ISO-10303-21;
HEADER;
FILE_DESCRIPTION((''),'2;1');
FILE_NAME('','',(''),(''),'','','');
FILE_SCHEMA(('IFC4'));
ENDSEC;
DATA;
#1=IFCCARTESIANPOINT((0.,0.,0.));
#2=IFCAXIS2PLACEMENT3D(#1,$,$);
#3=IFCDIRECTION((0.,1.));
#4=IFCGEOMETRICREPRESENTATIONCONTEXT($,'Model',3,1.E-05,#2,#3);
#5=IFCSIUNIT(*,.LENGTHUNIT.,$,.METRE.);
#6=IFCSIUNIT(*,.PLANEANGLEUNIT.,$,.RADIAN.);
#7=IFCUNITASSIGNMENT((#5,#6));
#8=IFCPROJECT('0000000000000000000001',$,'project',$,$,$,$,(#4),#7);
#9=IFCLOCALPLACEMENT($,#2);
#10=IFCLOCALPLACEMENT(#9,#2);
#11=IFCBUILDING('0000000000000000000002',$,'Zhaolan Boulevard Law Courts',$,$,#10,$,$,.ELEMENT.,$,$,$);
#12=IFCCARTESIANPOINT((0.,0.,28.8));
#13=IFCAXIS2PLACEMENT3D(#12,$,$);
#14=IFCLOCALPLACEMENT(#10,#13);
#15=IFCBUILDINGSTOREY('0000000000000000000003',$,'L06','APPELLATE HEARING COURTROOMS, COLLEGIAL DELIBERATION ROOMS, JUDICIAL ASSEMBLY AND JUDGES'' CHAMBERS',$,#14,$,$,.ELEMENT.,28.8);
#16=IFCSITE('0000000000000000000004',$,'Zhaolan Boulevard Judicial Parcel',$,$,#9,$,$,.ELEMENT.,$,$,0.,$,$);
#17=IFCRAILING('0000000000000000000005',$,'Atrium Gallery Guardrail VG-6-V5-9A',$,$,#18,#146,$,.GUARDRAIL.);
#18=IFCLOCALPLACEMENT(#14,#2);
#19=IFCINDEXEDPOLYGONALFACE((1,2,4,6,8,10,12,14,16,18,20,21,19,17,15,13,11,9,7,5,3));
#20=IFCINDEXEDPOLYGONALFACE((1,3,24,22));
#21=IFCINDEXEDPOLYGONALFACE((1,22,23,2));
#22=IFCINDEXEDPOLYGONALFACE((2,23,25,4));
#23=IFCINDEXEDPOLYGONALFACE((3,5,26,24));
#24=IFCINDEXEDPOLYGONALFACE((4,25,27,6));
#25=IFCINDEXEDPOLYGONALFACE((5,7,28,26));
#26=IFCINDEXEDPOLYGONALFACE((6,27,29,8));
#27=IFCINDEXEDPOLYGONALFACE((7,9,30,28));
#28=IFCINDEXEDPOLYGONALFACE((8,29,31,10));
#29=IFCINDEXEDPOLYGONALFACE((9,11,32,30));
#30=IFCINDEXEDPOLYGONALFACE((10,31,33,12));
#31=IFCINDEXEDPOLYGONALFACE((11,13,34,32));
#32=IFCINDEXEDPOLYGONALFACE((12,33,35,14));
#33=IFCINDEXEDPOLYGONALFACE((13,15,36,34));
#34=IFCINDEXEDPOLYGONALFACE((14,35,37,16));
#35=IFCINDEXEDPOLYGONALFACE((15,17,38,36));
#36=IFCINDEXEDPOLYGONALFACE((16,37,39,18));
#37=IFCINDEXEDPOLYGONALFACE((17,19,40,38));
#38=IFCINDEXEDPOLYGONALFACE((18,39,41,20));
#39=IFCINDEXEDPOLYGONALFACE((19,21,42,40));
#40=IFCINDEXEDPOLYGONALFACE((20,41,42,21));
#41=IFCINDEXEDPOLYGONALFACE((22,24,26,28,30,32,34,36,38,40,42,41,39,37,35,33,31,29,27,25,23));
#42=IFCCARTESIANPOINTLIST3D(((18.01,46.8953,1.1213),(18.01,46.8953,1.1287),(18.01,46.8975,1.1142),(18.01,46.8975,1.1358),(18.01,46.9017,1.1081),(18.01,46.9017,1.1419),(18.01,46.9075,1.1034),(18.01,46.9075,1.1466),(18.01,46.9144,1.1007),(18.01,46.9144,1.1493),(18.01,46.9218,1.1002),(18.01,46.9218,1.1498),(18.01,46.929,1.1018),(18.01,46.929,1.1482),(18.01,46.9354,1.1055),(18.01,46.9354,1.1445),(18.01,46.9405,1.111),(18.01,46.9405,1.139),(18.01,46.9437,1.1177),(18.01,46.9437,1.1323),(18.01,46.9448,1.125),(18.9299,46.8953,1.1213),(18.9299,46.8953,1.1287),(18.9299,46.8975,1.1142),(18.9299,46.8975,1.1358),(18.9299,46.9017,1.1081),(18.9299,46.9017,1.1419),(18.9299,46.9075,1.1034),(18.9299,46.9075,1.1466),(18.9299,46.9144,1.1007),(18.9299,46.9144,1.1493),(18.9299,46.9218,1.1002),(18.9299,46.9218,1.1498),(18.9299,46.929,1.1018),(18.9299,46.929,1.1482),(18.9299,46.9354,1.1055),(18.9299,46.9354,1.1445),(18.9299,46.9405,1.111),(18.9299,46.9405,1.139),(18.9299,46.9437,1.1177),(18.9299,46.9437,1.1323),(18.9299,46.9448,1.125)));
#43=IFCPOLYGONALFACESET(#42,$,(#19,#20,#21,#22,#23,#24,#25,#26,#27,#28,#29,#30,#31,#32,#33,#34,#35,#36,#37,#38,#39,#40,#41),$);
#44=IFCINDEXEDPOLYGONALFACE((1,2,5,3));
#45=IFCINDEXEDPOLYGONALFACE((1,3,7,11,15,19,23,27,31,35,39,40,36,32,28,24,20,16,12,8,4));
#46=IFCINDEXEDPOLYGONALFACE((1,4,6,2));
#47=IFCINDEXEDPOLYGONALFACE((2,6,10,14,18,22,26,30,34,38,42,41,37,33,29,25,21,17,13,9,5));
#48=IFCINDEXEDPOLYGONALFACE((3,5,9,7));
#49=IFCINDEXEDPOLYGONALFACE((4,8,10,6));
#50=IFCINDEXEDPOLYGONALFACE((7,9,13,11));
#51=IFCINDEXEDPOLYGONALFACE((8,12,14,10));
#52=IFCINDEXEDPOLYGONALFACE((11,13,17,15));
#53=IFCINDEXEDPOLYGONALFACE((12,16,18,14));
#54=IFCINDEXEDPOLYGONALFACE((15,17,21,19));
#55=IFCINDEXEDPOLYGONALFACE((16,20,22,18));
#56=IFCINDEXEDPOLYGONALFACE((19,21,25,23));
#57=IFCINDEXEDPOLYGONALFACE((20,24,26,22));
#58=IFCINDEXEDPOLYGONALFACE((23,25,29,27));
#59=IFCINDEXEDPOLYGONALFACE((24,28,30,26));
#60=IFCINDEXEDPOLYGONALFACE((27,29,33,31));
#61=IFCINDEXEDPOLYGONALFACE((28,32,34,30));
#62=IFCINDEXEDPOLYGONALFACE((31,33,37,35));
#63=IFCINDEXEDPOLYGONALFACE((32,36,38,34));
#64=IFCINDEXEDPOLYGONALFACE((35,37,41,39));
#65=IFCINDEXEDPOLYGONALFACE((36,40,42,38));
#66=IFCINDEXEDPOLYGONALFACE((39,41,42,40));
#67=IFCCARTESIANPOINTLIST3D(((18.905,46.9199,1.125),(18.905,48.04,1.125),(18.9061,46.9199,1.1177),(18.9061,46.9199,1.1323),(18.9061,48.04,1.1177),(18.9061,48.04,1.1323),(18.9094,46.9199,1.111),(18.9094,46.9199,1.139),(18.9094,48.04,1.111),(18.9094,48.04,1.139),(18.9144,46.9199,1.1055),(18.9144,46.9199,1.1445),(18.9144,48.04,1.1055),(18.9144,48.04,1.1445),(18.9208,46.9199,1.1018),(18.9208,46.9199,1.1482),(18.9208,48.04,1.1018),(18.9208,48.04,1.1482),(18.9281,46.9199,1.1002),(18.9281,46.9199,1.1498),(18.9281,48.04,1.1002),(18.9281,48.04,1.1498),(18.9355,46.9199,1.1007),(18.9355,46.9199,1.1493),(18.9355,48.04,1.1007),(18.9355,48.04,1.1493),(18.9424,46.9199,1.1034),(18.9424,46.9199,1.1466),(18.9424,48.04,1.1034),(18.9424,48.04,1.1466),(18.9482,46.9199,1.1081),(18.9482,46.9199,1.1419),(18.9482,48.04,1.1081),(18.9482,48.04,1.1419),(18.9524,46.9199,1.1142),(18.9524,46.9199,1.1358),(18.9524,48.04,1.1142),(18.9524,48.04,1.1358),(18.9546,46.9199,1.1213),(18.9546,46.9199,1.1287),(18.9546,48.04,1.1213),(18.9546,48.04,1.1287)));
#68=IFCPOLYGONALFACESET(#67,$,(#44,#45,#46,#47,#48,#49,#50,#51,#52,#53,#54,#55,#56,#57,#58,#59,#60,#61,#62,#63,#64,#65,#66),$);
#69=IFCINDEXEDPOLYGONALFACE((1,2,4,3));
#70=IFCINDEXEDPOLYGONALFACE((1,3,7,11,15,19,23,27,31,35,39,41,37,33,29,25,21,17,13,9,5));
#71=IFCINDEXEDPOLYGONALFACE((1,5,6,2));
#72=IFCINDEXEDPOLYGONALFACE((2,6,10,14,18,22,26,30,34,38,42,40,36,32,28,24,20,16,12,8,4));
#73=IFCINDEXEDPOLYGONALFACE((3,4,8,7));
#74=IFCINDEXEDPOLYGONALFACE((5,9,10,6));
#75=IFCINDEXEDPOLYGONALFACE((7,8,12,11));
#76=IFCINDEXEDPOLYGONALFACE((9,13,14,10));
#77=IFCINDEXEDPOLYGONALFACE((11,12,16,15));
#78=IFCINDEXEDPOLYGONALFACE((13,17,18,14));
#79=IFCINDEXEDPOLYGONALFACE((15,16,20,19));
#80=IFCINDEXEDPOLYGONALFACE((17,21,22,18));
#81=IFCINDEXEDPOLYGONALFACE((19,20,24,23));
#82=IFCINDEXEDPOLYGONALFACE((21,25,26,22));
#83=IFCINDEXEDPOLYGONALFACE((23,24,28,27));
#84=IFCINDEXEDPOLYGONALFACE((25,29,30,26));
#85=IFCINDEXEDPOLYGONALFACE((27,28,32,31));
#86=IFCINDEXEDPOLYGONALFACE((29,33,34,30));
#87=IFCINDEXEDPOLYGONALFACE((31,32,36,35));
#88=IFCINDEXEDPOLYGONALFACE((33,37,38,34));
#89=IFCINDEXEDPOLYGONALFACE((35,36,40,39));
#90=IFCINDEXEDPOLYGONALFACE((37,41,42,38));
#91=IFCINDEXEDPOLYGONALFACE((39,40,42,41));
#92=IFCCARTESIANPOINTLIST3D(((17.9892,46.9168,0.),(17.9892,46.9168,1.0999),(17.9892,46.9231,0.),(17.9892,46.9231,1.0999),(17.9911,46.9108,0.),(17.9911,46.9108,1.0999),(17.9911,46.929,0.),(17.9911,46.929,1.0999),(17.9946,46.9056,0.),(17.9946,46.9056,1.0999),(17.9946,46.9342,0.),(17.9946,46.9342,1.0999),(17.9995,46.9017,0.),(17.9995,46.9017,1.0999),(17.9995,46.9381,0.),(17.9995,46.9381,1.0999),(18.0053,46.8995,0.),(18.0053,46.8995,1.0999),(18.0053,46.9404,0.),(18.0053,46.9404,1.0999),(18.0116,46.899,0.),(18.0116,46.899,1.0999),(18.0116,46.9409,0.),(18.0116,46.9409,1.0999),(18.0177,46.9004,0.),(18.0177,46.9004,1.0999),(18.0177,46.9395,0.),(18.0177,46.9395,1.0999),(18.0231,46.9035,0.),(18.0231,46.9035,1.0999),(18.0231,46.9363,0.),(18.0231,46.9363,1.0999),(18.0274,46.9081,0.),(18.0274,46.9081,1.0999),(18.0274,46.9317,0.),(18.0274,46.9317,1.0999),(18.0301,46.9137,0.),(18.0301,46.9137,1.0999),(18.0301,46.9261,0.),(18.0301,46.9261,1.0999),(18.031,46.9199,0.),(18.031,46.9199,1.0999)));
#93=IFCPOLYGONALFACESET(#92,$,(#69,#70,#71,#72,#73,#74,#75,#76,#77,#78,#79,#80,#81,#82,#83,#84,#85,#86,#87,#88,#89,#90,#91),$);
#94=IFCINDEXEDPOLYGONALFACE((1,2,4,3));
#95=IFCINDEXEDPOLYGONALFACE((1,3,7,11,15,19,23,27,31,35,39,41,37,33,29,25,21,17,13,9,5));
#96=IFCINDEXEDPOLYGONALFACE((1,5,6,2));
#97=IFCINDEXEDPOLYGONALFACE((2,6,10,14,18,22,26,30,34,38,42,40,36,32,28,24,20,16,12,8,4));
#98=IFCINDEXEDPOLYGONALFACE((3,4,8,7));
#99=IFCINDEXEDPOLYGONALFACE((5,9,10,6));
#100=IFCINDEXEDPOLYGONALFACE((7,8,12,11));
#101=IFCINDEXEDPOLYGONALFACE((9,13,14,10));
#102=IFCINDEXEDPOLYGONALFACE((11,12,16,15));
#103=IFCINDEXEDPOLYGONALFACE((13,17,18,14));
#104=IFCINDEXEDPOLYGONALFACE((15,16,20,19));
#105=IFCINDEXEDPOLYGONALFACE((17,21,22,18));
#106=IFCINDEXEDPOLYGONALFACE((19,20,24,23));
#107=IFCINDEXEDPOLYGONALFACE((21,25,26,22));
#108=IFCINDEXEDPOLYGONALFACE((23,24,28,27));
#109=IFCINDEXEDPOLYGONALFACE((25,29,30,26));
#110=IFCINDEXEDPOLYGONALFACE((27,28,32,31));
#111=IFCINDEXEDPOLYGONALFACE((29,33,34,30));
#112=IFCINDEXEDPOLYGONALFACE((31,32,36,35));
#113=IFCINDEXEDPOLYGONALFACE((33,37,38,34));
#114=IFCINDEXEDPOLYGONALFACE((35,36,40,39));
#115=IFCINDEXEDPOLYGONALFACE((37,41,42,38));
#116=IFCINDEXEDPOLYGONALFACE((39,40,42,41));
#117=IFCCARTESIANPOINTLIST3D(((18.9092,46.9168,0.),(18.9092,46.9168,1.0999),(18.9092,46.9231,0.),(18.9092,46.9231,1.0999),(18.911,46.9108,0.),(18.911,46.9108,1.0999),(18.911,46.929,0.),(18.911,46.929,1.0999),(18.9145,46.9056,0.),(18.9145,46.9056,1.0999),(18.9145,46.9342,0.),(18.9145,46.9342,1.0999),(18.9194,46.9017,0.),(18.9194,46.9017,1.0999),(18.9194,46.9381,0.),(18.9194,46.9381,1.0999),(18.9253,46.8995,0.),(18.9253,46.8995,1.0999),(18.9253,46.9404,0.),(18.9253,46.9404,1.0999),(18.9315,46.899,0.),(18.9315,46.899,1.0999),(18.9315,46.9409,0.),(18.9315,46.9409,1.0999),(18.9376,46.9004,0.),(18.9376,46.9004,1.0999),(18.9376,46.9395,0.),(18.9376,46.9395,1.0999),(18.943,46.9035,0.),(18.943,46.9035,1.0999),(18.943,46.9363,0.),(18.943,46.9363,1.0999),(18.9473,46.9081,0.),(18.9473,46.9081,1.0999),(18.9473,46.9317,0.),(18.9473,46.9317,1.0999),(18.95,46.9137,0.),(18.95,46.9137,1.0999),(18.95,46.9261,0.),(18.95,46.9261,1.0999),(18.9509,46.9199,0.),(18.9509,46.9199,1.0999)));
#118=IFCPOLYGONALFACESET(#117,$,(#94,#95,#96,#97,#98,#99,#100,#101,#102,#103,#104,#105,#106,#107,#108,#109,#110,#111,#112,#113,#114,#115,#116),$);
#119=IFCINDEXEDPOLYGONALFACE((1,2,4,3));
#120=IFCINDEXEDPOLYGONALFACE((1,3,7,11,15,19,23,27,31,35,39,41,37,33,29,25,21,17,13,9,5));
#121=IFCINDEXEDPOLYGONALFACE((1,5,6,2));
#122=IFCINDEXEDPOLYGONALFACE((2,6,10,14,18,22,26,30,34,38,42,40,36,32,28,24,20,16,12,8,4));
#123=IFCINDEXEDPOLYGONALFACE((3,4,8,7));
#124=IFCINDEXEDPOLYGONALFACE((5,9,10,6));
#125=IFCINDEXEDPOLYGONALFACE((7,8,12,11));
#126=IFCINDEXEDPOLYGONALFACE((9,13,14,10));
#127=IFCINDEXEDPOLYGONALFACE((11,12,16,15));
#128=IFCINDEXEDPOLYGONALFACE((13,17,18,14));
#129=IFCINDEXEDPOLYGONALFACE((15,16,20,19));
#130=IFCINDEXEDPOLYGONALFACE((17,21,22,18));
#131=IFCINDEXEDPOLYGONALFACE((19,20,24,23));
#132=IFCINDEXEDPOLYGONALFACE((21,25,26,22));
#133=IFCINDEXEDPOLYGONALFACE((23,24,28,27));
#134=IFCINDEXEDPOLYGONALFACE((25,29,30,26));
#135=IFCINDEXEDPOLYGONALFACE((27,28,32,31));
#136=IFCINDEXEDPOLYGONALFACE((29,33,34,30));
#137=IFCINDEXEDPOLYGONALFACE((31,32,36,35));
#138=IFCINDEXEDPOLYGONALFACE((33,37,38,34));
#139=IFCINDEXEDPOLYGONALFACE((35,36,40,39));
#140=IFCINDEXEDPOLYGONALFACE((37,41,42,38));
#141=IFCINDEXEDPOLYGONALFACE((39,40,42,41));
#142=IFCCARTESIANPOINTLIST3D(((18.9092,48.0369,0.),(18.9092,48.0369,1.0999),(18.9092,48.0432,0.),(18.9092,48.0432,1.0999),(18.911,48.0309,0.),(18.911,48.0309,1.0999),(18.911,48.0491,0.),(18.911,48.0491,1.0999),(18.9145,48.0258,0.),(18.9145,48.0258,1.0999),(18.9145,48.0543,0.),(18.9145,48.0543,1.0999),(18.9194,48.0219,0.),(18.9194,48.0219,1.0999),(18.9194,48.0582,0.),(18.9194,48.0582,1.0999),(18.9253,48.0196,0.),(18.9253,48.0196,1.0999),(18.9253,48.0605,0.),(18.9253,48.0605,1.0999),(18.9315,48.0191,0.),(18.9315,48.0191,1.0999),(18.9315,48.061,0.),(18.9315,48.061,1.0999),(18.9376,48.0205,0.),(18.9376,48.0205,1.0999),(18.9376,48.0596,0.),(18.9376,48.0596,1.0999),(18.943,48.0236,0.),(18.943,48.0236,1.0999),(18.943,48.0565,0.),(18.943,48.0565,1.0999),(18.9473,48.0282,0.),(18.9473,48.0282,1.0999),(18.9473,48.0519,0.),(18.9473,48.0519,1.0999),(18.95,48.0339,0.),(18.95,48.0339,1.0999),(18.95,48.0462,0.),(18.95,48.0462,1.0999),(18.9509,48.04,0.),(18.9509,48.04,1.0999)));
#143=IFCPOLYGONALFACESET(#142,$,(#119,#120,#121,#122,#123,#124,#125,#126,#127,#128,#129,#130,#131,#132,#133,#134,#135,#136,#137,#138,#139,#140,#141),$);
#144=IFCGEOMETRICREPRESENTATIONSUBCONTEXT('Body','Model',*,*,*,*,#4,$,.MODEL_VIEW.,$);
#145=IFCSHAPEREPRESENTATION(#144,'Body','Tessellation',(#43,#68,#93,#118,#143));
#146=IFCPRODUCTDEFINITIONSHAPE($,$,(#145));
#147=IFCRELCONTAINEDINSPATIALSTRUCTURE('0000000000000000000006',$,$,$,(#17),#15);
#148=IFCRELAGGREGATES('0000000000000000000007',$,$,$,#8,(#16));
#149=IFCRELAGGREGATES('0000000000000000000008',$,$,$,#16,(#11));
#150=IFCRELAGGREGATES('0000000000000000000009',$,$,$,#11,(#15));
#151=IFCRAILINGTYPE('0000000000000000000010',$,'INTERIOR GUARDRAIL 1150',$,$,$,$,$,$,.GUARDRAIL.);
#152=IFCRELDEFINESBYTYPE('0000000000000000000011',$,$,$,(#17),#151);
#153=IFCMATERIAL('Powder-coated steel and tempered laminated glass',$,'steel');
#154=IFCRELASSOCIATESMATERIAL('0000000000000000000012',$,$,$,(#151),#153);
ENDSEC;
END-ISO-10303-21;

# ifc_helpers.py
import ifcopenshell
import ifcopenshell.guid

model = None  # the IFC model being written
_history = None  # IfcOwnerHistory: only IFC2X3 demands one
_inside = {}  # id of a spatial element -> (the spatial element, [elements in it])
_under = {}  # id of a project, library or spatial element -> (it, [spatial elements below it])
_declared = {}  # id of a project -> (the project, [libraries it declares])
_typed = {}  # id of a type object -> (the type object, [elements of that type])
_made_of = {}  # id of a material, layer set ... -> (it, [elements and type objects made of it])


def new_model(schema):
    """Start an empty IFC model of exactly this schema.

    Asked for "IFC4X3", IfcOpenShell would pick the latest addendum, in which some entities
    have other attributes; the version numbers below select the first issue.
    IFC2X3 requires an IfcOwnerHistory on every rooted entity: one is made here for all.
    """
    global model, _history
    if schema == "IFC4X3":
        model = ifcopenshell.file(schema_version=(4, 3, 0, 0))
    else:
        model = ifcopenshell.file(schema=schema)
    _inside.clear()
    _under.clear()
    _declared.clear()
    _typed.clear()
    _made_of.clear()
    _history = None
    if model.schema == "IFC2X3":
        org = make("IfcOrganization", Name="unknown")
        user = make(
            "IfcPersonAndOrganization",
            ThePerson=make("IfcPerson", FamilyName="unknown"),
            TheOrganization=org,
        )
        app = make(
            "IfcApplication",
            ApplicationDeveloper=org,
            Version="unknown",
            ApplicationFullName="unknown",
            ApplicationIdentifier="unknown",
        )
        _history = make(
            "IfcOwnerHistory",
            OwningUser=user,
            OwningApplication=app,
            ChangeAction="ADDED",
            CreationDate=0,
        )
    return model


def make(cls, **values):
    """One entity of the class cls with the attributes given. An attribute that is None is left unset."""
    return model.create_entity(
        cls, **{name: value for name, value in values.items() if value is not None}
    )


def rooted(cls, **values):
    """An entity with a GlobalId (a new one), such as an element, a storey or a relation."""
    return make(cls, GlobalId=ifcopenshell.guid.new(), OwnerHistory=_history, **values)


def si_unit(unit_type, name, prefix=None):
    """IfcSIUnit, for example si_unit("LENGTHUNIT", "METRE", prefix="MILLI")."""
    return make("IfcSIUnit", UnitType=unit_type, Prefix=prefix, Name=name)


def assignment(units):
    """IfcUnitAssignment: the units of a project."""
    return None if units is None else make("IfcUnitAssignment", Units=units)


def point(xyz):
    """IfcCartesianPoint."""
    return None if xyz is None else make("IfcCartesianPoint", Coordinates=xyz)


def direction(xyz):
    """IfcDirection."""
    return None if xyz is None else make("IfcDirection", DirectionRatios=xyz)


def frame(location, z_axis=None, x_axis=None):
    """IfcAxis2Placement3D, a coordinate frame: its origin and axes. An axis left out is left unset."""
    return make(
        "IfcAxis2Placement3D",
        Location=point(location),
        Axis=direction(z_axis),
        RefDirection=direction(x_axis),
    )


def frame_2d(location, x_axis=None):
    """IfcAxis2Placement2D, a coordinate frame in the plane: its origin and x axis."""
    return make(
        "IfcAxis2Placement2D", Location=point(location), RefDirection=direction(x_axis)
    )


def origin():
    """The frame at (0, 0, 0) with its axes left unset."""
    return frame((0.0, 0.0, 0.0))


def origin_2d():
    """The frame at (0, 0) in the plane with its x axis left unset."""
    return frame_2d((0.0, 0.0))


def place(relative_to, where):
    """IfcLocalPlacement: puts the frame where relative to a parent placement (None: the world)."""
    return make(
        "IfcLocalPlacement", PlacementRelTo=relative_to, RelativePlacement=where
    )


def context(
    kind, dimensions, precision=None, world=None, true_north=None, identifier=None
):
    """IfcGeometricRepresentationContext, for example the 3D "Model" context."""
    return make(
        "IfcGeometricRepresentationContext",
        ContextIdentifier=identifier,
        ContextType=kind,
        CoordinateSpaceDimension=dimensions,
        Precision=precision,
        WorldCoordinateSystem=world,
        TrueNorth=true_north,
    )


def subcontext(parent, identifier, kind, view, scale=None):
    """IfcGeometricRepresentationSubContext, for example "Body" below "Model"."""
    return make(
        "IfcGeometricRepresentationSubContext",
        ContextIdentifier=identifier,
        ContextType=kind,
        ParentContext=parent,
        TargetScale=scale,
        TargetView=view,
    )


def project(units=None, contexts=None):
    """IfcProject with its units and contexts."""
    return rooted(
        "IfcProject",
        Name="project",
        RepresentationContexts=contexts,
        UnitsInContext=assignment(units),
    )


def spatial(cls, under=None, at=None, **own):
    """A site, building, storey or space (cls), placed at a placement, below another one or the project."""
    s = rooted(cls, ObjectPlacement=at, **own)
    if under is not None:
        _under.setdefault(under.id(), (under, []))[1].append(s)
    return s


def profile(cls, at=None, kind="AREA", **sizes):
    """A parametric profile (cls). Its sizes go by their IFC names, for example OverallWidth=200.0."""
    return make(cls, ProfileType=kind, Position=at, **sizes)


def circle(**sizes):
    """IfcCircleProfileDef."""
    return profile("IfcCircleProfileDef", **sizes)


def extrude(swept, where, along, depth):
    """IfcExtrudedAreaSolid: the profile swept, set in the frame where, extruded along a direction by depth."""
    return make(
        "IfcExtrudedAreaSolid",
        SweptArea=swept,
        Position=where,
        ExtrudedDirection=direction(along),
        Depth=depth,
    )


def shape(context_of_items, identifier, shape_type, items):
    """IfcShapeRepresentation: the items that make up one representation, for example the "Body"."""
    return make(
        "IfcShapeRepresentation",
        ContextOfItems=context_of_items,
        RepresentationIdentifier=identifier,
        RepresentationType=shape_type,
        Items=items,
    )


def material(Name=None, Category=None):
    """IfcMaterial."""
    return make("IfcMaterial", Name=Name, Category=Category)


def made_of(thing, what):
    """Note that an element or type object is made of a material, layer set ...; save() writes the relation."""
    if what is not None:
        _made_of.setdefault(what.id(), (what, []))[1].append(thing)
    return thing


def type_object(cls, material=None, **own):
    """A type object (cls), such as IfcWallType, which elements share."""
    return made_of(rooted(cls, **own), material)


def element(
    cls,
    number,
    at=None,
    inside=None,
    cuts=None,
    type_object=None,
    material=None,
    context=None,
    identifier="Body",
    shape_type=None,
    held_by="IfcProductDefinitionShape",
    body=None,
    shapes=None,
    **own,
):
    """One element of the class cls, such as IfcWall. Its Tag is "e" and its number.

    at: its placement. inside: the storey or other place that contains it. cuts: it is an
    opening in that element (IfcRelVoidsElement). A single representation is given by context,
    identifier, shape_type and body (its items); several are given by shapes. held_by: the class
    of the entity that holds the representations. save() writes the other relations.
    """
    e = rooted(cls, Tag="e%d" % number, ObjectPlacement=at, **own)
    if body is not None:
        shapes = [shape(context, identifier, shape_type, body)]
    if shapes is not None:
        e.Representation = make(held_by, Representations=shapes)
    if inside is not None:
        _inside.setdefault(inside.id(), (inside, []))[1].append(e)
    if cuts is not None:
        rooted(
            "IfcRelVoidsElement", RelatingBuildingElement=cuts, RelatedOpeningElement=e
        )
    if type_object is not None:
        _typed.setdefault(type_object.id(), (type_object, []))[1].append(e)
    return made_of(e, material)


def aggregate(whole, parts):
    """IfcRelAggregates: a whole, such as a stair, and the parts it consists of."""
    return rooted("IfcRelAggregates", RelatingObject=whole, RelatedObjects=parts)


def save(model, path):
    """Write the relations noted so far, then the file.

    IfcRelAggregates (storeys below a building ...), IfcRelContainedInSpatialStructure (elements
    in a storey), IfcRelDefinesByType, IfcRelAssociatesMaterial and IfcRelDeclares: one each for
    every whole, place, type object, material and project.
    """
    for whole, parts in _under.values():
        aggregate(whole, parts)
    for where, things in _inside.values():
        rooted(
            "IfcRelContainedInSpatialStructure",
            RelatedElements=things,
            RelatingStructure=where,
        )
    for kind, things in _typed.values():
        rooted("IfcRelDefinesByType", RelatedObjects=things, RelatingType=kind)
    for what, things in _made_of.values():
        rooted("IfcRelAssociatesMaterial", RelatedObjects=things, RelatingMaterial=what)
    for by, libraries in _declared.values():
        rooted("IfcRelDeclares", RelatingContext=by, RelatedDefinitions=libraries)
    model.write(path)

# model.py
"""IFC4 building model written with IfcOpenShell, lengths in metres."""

from ifc_helpers import new_model, si_unit, direction, frame, origin, origin_2d, place, context, subcontext, project, spatial, circle, extrude, material, type_object, element, save


model = new_model("IFC4")

# Units and contexts
model_context = context("Model", 3, precision=1e-05, world=origin(), true_north=direction((0.0, 1.0)))
body_context = subcontext(model_context, "Body", "Model", "MODEL_VIEW")
ifc_project = project(units=[si_unit("LENGTHUNIT", "METRE"), si_unit("PLANEANGLEUNIT", "RADIAN")], contexts=[model_context])

# Site, building, storey
site_placement = place(None, origin())
site = spatial("IfcSite", under=ifc_project, at=site_placement, Name="Zhaolan Boulevard Judicial Parcel", CompositionType="ELEMENT", RefElevation=0.0)
building_placement = place(site_placement, origin())
building = spatial("IfcBuilding", under=site, at=building_placement, Name="Zhaolan Boulevard Law Courts", CompositionType="ELEMENT")
storey_placement = place(building_placement, frame((0.0, 0.0, 28.8)))
storey = spatial("IfcBuildingStorey", under=building, at=storey_placement, Name="L06", Description="APPELLATE HEARING COURTROOMS, COLLEGIAL DELIBERATION ROOMS, JUDICIAL ASSEMBLY AND JUDGES' CHAMBERS", CompositionType="ELEMENT", Elevation=28.8)

# Railing
ifc_material_1 = material(Name="Powder-coated steel and tempered laminated glass", Category="steel")
railing_type_1 = type_object("IfcRailingType", Name="INTERIOR GUARDRAIL 1150", PredefinedType="GUARDRAIL", material=ifc_material_1)
railing_1_placement = place(storey_placement, frame((18.01, 46.9199, 0.0)))
element("IfcRailing", 1, at=railing_1_placement, inside=storey, type_object=railing_type_1, Name="Atrium Gallery Guardrail VG-6-V5-9A", PredefinedType="GUARDRAIL", context=body_context, shape_type="SweptSolid", body=[
    extrude(circle(Radius=0.0249, at=origin_2d()), frame((0.0, 0.0, 1.125), z_axis=(1.0, 0.0, 0.0), x_axis=(0.0, 1.0, 0.0)), (0.0, 0.0, 1.0), 0.9199),
    extrude(circle(Radius=0.0249, at=origin_2d()), frame((0.9199, 0.0, 1.125), z_axis=(0.0, 1.0, 0.0), x_axis=(-1.0, 0.0, 0.0)), (0.0, 0.0, 1.0), 1.1201),
    extrude(circle(Radius=0.021, at=origin_2d()), origin(), (0.0, 0.0, 1.0), 1.0999),
    extrude(circle(Radius=0.021, at=origin_2d()), frame((0.9199, 0.0, 0.0)), (0.0, 0.0, 1.0), 1.0999),
    extrude(circle(Radius=0.021, at=origin_2d()), frame((0.9199, 1.1201, 0.0)), (0.0, 0.0, 1.0), 1.0999),
])

save(model, "model.ifc")
